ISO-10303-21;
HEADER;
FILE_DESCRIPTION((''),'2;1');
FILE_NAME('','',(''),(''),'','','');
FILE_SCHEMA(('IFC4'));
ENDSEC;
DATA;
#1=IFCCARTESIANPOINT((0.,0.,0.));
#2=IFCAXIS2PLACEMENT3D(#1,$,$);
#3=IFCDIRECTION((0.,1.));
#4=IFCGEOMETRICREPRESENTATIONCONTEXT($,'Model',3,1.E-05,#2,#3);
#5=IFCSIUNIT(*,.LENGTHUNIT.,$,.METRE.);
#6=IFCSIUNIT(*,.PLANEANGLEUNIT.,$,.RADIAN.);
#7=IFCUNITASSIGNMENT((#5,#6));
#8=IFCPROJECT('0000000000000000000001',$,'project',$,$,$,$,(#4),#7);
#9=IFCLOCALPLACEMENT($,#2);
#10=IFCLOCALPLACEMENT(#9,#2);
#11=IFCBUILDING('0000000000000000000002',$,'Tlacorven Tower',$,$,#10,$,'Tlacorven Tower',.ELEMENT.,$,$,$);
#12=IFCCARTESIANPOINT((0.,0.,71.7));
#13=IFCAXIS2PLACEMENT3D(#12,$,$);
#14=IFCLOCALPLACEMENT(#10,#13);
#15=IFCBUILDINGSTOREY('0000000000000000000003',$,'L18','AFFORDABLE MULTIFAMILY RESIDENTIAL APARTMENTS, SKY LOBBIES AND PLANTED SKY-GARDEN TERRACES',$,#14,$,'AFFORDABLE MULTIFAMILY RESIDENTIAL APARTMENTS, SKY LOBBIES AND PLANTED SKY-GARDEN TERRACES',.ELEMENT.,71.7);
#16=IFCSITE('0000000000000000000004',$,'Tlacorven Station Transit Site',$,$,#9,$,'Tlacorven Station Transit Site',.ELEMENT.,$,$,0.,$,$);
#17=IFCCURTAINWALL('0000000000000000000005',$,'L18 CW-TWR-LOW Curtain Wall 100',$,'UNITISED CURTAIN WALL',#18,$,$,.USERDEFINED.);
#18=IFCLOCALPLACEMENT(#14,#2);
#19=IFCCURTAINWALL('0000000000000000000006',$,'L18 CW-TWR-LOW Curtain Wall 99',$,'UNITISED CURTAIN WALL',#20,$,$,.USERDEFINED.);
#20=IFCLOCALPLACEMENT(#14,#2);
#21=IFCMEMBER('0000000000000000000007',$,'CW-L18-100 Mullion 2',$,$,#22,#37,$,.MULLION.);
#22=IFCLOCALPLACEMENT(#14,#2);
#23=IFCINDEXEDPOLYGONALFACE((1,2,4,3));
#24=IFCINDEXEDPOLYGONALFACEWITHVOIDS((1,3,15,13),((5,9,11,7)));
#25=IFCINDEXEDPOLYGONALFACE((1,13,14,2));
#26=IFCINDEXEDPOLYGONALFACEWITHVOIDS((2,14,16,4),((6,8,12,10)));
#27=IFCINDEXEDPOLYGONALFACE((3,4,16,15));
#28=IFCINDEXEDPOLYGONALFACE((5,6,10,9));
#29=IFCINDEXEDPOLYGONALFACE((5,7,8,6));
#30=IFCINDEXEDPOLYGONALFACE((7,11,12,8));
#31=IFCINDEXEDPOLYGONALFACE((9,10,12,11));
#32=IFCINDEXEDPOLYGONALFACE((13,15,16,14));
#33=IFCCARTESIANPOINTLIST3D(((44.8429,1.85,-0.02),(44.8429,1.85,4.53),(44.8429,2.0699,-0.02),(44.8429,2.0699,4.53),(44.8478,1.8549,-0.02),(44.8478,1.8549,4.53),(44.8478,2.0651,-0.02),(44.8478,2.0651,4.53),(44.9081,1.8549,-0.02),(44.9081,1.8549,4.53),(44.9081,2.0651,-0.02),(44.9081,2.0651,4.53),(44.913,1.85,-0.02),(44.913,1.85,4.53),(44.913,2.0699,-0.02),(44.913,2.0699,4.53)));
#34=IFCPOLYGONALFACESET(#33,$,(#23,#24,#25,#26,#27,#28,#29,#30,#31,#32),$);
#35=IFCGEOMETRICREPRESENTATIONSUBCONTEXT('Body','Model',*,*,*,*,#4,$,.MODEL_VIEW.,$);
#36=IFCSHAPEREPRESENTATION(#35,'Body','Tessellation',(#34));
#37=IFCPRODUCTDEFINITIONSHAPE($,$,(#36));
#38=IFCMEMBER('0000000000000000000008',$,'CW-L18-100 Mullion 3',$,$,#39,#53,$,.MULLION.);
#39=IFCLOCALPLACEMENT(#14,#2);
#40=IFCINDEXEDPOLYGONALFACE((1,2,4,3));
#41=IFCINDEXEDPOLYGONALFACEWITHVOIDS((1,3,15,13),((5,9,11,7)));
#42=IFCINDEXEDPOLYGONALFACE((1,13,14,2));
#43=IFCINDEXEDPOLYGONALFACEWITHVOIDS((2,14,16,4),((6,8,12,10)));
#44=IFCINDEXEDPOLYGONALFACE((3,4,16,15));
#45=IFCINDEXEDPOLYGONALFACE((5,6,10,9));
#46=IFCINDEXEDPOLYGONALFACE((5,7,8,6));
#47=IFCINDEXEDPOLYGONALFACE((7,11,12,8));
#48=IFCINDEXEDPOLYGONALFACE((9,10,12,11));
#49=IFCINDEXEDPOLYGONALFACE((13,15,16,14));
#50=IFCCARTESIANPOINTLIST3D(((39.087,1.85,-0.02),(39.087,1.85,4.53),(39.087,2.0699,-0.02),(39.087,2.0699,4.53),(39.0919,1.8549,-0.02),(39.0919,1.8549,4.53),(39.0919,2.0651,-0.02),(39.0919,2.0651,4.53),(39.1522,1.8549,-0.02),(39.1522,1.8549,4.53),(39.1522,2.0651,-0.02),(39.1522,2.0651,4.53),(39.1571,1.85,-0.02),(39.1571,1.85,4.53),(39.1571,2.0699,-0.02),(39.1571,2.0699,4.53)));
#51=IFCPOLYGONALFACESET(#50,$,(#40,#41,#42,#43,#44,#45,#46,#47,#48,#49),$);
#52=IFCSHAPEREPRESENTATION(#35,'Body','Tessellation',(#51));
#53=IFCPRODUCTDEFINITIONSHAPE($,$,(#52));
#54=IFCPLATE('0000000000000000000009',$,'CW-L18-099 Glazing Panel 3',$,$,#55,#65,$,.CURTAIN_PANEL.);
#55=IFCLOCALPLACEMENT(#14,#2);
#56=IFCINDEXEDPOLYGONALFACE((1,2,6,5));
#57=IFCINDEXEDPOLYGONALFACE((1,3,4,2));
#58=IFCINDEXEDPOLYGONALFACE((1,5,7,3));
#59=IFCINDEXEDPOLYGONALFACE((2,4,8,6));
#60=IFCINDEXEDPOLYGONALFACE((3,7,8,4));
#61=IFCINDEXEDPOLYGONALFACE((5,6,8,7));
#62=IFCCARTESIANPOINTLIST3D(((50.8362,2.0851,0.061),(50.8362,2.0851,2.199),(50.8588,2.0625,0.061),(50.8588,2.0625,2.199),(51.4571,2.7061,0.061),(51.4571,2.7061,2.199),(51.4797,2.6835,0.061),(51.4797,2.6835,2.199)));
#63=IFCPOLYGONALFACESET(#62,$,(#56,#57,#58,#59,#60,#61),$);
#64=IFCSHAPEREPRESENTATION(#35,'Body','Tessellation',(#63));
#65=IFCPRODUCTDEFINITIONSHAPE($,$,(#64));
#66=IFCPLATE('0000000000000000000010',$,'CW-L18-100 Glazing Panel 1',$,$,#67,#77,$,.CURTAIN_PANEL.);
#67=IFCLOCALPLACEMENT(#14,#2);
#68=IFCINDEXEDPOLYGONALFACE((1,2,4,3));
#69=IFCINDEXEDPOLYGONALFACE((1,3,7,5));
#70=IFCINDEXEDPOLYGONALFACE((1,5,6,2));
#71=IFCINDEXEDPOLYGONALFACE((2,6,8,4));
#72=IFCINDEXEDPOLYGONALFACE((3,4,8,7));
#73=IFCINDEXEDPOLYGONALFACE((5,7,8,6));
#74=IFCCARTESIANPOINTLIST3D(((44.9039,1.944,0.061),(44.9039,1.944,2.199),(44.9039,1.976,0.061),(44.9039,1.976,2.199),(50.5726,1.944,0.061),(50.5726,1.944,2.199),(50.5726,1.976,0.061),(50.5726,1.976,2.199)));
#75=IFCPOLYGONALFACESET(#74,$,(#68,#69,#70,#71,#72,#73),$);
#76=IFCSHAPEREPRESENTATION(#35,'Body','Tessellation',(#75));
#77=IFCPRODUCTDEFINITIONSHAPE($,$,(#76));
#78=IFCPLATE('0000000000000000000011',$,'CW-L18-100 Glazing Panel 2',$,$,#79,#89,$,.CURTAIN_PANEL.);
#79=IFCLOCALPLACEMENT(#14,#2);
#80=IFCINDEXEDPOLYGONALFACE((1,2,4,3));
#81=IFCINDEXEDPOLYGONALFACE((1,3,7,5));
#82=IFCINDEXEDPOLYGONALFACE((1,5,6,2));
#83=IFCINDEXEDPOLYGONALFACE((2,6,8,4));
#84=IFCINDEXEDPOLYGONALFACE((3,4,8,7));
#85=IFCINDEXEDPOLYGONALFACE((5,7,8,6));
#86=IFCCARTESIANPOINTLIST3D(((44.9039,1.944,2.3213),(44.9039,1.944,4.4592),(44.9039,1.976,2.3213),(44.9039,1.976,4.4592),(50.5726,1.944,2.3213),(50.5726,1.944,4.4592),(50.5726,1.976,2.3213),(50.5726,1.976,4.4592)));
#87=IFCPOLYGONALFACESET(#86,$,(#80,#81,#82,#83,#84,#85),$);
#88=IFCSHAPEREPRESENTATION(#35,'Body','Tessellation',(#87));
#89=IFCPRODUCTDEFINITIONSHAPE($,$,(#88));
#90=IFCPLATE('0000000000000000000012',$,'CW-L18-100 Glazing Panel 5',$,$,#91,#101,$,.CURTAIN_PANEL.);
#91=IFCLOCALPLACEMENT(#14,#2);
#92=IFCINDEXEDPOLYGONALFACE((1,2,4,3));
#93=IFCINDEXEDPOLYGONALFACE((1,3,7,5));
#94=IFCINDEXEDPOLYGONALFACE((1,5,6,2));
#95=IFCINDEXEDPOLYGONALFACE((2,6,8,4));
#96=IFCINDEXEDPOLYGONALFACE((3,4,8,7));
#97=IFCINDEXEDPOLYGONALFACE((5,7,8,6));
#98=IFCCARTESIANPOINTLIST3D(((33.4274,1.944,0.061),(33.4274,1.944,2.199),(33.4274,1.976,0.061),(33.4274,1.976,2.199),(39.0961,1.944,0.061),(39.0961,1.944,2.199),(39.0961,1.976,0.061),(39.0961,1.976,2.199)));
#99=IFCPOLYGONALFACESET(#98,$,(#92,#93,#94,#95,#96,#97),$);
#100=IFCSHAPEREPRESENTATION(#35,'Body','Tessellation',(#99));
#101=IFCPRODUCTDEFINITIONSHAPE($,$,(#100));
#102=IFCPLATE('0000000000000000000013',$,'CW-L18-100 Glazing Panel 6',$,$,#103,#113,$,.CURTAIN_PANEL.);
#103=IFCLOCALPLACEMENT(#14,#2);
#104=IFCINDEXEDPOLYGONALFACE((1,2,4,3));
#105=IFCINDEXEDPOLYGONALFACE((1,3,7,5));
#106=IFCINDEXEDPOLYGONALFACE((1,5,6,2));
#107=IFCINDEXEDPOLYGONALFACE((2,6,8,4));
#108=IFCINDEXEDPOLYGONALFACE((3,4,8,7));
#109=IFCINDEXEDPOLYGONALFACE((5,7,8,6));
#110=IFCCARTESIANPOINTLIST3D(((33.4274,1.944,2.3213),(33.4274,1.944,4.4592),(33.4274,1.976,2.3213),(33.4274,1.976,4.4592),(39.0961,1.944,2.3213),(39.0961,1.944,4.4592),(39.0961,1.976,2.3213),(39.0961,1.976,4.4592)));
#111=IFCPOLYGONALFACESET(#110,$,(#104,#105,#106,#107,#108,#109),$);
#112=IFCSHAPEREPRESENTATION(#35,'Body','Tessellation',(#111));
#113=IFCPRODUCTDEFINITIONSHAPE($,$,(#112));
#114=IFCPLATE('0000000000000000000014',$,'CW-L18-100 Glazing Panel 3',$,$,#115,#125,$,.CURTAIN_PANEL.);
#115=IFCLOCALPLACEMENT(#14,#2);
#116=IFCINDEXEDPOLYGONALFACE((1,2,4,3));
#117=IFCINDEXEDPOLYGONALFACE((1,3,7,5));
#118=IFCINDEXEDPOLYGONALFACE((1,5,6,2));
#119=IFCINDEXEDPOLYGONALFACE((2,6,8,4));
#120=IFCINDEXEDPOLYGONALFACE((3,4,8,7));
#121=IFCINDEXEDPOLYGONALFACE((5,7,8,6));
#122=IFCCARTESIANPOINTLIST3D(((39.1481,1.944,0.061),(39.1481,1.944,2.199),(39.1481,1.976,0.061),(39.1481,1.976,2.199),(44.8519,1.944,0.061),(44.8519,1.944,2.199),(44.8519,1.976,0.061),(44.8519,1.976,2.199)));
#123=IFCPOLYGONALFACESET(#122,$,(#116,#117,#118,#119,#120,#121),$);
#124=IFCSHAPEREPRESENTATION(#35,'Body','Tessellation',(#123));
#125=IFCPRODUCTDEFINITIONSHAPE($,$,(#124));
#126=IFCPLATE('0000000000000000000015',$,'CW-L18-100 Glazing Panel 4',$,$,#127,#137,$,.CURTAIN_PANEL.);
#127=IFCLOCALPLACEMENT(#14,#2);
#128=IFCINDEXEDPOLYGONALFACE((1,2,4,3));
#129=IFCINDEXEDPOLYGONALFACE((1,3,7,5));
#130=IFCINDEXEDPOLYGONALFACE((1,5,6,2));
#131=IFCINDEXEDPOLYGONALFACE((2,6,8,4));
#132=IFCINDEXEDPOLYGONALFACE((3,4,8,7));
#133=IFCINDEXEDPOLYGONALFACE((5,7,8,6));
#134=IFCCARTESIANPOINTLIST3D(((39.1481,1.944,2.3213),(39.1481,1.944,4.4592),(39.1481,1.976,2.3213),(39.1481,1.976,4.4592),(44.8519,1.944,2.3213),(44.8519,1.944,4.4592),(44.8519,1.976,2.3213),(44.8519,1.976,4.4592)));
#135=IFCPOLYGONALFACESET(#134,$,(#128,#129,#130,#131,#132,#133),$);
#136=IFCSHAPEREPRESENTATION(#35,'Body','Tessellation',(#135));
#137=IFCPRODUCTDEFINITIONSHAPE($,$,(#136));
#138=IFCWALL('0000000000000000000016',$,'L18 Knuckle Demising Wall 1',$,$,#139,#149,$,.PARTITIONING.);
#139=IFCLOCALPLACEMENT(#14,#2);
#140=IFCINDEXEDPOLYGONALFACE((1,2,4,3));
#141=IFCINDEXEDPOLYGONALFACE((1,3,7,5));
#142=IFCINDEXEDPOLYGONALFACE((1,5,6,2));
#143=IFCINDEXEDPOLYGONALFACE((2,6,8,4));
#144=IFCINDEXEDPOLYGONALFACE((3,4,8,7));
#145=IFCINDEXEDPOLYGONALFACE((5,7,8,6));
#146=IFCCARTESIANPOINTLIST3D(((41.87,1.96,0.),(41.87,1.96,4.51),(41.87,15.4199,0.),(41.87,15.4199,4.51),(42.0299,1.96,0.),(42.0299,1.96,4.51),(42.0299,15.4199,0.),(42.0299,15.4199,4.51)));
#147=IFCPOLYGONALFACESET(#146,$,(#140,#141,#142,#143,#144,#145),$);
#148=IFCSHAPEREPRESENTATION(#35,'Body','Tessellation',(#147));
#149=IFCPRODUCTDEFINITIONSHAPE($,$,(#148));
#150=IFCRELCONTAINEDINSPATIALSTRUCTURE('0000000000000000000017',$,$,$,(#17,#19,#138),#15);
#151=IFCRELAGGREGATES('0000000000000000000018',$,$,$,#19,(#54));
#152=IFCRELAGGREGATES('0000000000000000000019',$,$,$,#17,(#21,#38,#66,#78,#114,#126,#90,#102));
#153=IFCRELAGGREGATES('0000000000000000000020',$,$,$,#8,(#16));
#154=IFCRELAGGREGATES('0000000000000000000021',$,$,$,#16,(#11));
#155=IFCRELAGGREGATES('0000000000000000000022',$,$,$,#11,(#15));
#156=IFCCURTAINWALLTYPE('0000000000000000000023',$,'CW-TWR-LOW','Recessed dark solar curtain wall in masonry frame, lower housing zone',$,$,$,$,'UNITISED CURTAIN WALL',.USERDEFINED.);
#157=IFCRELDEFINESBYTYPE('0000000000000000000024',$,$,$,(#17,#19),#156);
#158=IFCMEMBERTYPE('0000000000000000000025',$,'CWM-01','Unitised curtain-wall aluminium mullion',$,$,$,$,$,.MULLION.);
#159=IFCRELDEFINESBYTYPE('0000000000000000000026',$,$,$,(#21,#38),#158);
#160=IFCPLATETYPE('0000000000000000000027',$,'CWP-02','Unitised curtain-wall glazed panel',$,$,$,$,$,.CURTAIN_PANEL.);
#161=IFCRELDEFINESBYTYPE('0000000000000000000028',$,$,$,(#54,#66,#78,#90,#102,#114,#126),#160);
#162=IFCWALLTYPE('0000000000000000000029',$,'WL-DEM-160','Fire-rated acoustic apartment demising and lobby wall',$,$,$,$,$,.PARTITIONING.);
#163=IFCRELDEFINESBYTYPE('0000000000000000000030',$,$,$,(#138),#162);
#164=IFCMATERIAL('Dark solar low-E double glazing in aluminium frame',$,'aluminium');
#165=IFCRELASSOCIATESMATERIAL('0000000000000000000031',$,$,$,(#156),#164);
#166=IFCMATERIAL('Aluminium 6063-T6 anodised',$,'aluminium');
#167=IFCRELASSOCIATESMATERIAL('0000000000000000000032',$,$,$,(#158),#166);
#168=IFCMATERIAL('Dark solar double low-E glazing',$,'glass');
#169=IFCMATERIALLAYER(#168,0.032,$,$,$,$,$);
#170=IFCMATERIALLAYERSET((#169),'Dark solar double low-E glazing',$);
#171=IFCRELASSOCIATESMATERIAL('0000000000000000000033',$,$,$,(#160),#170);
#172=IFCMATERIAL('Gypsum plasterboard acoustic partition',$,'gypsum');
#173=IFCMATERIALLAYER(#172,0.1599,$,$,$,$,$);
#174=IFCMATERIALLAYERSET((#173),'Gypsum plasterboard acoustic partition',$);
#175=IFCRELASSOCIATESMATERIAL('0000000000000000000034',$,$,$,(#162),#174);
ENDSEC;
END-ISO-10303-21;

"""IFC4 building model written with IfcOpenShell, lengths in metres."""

from ifc_helpers import new_model, si_unit, direction, frame, frame_2d, origin, origin_2d, place, context, subcontext, project, spatial, rectangle, hollow_rectangle, extrude, source, transform, mapped, material, layer, layer_set, material_profile, profile_set, type_object, element, aggregate, save


model = new_model("IFC4")

# Units and contexts
model_context = context("Model", 3, precision=1e-05, world=origin(), true_north=direction((0.0, 1.0)))
body_context = subcontext(model_context, "Body", "Model", "MODEL_VIEW")
ifc_project = project(units=[si_unit("LENGTHUNIT", "METRE"), si_unit("PLANEANGLEUNIT", "RADIAN")], contexts=[model_context])

# Site, building, storey
site_placement = place(None, origin())
site = spatial("IfcSite", under=ifc_project, at=site_placement, Name="Tlacorven Station Transit Site", LongName="Tlacorven Station Transit Site", CompositionType="ELEMENT", RefElevation=0.0)
building_placement = place(site_placement, origin())
building = spatial("IfcBuilding", under=site, at=building_placement, Name="Tlacorven Tower", LongName="Tlacorven Tower", CompositionType="ELEMENT")
storey_placement = place(building_placement, frame((0.0, 0.0, 71.7)))
storey = spatial("IfcBuildingStorey", under=building, at=storey_placement, Name="L18", Description="AFFORDABLE MULTIFAMILY RESIDENTIAL APARTMENTS, SKY LOBBIES AND PLANTED SKY-GARDEN TERRACES", LongName="AFFORDABLE MULTIFAMILY RESIDENTIAL APARTMENTS, SKY LOBBIES AND PLANTED SKY-GARDEN TERRACES", CompositionType="ELEMENT", Elevation=71.7)

# Curtain wall
ifc_material_1 = material(Name="Dark solar low-E double glazing in aluminium frame", Category="aluminium")
curtain_wall_type = type_object("IfcCurtainWallType", Name="CW-TWR-LOW", Description="Recessed dark solar curtain wall in masonry frame, lower housing zone", ElementType="UNITISED CURTAIN WALL", PredefinedType="USERDEFINED", material=ifc_material_1)
curtain_wall_1_placement = place(storey_placement, origin())
curtain_wall_1 = element("IfcCurtainWall", 1, at=curtain_wall_1_placement, inside=storey, type_object=curtain_wall_type, Name="L18 CW-TWR-LOW Curtain Wall 100", ObjectType="UNITISED CURTAIN WALL", PredefinedType="USERDEFINED")
ifc_material_2 = material(Name="Aluminium 6063-T6 anodised", Category="aluminium")

# Curtain wall
curtain_wall_2_placement = place(storey_placement, origin())
curtain_wall_2 = element("IfcCurtainWall", 2, at=curtain_wall_2_placement, inside=storey, type_object=curtain_wall_type, Name="L18 CW-TWR-LOW Curtain Wall 99", ObjectType="UNITISED CURTAIN WALL", PredefinedType="USERDEFINED")
ifc_material_profile_1 = material_profile(ifc_material_2, hollow_rectangle(XDim=0.0701, YDim=0.22, WallThickness=0.0049, at=origin_2d()), Name="ALU MULLION 70X220")
ifc_profile_set_1 = profile_set([ifc_material_profile_1], Name="Aluminium 6063-T6 anodised")
member_type_1 = type_object("IfcMemberType", Name="CWM-01", Description="Unitised curtain-wall aluminium mullion", PredefinedType="MULLION", material=ifc_profile_set_1)
shared_shape_1 = source(origin(), body_context, "Body", "SweptSolid", [
    extrude(hollow_rectangle(XDim=0.0701, YDim=0.22, WallThickness=0.0049, at=origin_2d()), origin(), (0.0, 0.0, 1.0), 4.55),
])

# Members
member_1_placement = place(storey_placement, frame((44.8779, 1.96, -0.02), z_axis=(0.0, 0.0, 1.0), x_axis=(-1.0, 0.0, 0.0)))
member_1 = element("IfcMember", 3, at=member_1_placement, type_object=member_type_1, Name="CW-L18-100 Mullion 2", PredefinedType="MULLION", context=body_context, shape_type="MappedRepresentation", body=[
    mapped(shared_shape_1, transform((0.0, 0.0, 0.0), scale=1.0)),
])
member_2_placement = place(storey_placement, frame((39.1221, 1.96, -0.02), z_axis=(0.0, 0.0, 1.0), x_axis=(-1.0, 0.0, 0.0)))
member_2 = element("IfcMember", 4, at=member_2_placement, type_object=member_type_1, Name="CW-L18-100 Mullion 3", PredefinedType="MULLION", context=body_context, shape_type="MappedRepresentation", body=[
    mapped(shared_shape_1, transform((0.0, 0.0, 0.0), scale=1.0)),
])

# Plates
ifc_material_3 = material(Name="Dark solar double low-E glazing", Category="glass")
ifc_layer_1 = layer(ifc_material_3, 0.032)
ifc_layer_set_1 = layer_set([ifc_layer_1], Name="Dark solar double low-E glazing")
plate_type = type_object("IfcPlateType", Name="CWP-02", Description="Unitised curtain-wall glazed panel", PredefinedType="CURTAIN_PANEL", material=ifc_layer_set_1)
shared_shape_2 = source(origin(), body_context, "Body", "SweptSolid", [
    extrude(rectangle(XDim=0.8782, YDim=0.032, at=origin_2d()), origin(), (0.0, 0.0, 1.0), 2.1379),
])
plate_1_placement = place(storey_placement, frame((51.158, 2.3843, 0.061), z_axis=(0.0, 0.0, 1.0), x_axis=(-0.707107, -0.707107, 0.0)))
plate_1 = element("IfcPlate", 5, at=plate_1_placement, type_object=plate_type, Name="CW-L18-099 Glazing Panel 3", PredefinedType="CURTAIN_PANEL", context=body_context, shape_type="MappedRepresentation", body=[
    mapped(shared_shape_2, transform((0.0, 0.0, 0.0), scale=1.0)),
])
aggregate(curtain_wall_2, [plate_1])
shared_shape_3 = source(origin(), body_context, "Body", "SweptSolid", [
    extrude(rectangle(XDim=5.6687, YDim=0.032, at=origin_2d()), origin(), (0.0, 0.0, 1.0), 2.1379),
])
plate_2_placement = place(storey_placement, frame((47.7383, 1.96, 0.061), z_axis=(0.0, 0.0, 1.0), x_axis=(-1.0, 0.0, 0.0)))
plate_2 = element("IfcPlate", 6, at=plate_2_placement, type_object=plate_type, Name="CW-L18-100 Glazing Panel 1", PredefinedType="CURTAIN_PANEL", context=body_context, shape_type="MappedRepresentation", body=[
    mapped(shared_shape_3, transform((0.0, 0.0, 0.0), scale=1.0)),
])
plate_3_placement = place(storey_placement, frame((47.7383, 1.96, 2.3213), z_axis=(0.0, 0.0, 1.0), x_axis=(-1.0, 0.0, 0.0)))
plate_3 = element("IfcPlate", 7, at=plate_3_placement, type_object=plate_type, Name="CW-L18-100 Glazing Panel 2", PredefinedType="CURTAIN_PANEL", context=body_context, shape_type="MappedRepresentation", body=[
    mapped(shared_shape_3, transform((0.0, 0.0, 0.0), scale=1.0)),
])
plate_4_placement = place(storey_placement, frame((36.2617, 1.96, 0.061), z_axis=(0.0, 0.0, 1.0), x_axis=(-1.0, 0.0, 0.0)))
plate_4 = element("IfcPlate", 8, at=plate_4_placement, type_object=plate_type, Name="CW-L18-100 Glazing Panel 5", PredefinedType="CURTAIN_PANEL", context=body_context, shape_type="MappedRepresentation", body=[
    mapped(shared_shape_3, transform((0.0, 0.0, 0.0), scale=1.0)),
])
plate_5_placement = place(storey_placement, frame((36.2617, 1.96, 2.3213), z_axis=(0.0, 0.0, 1.0), x_axis=(-1.0, 0.0, 0.0)))
plate_5 = element("IfcPlate", 9, at=plate_5_placement, type_object=plate_type, Name="CW-L18-100 Glazing Panel 6", PredefinedType="CURTAIN_PANEL", context=body_context, shape_type="MappedRepresentation", body=[
    mapped(shared_shape_3, transform((0.0, 0.0, 0.0), scale=1.0)),
])
shared_shape_4 = source(origin(), body_context, "Body", "SweptSolid", [
    extrude(rectangle(XDim=5.7039, YDim=0.032, at=origin_2d()), origin(), (0.0, 0.0, 1.0), 2.1379),
])
plate_6_placement = place(storey_placement, frame((42.0, 1.96, 0.061), z_axis=(0.0, 0.0, 1.0), x_axis=(-1.0, 0.0, 0.0)))
plate_6 = element("IfcPlate", 10, at=plate_6_placement, type_object=plate_type, Name="CW-L18-100 Glazing Panel 3", PredefinedType="CURTAIN_PANEL", context=body_context, shape_type="MappedRepresentation", body=[
    mapped(shared_shape_4, transform((0.0, 0.0, 0.0), scale=1.0)),
])
plate_7_placement = place(storey_placement, frame((42.0, 1.96, 2.3213), z_axis=(0.0, 0.0, 1.0), x_axis=(-1.0, 0.0, 0.0)))
plate_7 = element("IfcPlate", 11, at=plate_7_placement, type_object=plate_type, Name="CW-L18-100 Glazing Panel 4", PredefinedType="CURTAIN_PANEL", context=body_context, shape_type="MappedRepresentation", body=[
    mapped(shared_shape_4, transform((0.0, 0.0, 0.0), scale=1.0)),
])
aggregate(curtain_wall_1, [member_1, member_2, plate_2, plate_3, plate_6, plate_7, plate_4, plate_5])

# Wall
ifc_material_4 = material(Name="Gypsum plasterboard acoustic partition", Category="gypsum")
ifc_layer_2 = layer(ifc_material_4, 0.1599)
ifc_layer_set_2 = layer_set([ifc_layer_2], Name="Gypsum plasterboard acoustic partition")
wall_type_1 = type_object("IfcWallType", Name="WL-DEM-160", Description="Fire-rated acoustic apartment demising and lobby wall", PredefinedType="PARTITIONING", material=ifc_layer_set_2)
wall_1_placement = place(storey_placement, frame((41.95, 1.96, 0.0), z_axis=(0.0, 0.0, 1.0), x_axis=(0.0, 1.0, 0.0)))
element("IfcWall", 12, at=wall_1_placement, inside=storey, type_object=wall_type_1, Name="L18 Knuckle Demising Wall 1", PredefinedType="PARTITIONING", context=body_context, shape_type="SweptSolid", body=[
    extrude(rectangle(XDim=13.46, YDim=0.1599, at=frame_2d((6.73, 0.0))), origin(), (0.0, 0.0, 1.0), 4.51),
])

save(model, "model.ifc")
